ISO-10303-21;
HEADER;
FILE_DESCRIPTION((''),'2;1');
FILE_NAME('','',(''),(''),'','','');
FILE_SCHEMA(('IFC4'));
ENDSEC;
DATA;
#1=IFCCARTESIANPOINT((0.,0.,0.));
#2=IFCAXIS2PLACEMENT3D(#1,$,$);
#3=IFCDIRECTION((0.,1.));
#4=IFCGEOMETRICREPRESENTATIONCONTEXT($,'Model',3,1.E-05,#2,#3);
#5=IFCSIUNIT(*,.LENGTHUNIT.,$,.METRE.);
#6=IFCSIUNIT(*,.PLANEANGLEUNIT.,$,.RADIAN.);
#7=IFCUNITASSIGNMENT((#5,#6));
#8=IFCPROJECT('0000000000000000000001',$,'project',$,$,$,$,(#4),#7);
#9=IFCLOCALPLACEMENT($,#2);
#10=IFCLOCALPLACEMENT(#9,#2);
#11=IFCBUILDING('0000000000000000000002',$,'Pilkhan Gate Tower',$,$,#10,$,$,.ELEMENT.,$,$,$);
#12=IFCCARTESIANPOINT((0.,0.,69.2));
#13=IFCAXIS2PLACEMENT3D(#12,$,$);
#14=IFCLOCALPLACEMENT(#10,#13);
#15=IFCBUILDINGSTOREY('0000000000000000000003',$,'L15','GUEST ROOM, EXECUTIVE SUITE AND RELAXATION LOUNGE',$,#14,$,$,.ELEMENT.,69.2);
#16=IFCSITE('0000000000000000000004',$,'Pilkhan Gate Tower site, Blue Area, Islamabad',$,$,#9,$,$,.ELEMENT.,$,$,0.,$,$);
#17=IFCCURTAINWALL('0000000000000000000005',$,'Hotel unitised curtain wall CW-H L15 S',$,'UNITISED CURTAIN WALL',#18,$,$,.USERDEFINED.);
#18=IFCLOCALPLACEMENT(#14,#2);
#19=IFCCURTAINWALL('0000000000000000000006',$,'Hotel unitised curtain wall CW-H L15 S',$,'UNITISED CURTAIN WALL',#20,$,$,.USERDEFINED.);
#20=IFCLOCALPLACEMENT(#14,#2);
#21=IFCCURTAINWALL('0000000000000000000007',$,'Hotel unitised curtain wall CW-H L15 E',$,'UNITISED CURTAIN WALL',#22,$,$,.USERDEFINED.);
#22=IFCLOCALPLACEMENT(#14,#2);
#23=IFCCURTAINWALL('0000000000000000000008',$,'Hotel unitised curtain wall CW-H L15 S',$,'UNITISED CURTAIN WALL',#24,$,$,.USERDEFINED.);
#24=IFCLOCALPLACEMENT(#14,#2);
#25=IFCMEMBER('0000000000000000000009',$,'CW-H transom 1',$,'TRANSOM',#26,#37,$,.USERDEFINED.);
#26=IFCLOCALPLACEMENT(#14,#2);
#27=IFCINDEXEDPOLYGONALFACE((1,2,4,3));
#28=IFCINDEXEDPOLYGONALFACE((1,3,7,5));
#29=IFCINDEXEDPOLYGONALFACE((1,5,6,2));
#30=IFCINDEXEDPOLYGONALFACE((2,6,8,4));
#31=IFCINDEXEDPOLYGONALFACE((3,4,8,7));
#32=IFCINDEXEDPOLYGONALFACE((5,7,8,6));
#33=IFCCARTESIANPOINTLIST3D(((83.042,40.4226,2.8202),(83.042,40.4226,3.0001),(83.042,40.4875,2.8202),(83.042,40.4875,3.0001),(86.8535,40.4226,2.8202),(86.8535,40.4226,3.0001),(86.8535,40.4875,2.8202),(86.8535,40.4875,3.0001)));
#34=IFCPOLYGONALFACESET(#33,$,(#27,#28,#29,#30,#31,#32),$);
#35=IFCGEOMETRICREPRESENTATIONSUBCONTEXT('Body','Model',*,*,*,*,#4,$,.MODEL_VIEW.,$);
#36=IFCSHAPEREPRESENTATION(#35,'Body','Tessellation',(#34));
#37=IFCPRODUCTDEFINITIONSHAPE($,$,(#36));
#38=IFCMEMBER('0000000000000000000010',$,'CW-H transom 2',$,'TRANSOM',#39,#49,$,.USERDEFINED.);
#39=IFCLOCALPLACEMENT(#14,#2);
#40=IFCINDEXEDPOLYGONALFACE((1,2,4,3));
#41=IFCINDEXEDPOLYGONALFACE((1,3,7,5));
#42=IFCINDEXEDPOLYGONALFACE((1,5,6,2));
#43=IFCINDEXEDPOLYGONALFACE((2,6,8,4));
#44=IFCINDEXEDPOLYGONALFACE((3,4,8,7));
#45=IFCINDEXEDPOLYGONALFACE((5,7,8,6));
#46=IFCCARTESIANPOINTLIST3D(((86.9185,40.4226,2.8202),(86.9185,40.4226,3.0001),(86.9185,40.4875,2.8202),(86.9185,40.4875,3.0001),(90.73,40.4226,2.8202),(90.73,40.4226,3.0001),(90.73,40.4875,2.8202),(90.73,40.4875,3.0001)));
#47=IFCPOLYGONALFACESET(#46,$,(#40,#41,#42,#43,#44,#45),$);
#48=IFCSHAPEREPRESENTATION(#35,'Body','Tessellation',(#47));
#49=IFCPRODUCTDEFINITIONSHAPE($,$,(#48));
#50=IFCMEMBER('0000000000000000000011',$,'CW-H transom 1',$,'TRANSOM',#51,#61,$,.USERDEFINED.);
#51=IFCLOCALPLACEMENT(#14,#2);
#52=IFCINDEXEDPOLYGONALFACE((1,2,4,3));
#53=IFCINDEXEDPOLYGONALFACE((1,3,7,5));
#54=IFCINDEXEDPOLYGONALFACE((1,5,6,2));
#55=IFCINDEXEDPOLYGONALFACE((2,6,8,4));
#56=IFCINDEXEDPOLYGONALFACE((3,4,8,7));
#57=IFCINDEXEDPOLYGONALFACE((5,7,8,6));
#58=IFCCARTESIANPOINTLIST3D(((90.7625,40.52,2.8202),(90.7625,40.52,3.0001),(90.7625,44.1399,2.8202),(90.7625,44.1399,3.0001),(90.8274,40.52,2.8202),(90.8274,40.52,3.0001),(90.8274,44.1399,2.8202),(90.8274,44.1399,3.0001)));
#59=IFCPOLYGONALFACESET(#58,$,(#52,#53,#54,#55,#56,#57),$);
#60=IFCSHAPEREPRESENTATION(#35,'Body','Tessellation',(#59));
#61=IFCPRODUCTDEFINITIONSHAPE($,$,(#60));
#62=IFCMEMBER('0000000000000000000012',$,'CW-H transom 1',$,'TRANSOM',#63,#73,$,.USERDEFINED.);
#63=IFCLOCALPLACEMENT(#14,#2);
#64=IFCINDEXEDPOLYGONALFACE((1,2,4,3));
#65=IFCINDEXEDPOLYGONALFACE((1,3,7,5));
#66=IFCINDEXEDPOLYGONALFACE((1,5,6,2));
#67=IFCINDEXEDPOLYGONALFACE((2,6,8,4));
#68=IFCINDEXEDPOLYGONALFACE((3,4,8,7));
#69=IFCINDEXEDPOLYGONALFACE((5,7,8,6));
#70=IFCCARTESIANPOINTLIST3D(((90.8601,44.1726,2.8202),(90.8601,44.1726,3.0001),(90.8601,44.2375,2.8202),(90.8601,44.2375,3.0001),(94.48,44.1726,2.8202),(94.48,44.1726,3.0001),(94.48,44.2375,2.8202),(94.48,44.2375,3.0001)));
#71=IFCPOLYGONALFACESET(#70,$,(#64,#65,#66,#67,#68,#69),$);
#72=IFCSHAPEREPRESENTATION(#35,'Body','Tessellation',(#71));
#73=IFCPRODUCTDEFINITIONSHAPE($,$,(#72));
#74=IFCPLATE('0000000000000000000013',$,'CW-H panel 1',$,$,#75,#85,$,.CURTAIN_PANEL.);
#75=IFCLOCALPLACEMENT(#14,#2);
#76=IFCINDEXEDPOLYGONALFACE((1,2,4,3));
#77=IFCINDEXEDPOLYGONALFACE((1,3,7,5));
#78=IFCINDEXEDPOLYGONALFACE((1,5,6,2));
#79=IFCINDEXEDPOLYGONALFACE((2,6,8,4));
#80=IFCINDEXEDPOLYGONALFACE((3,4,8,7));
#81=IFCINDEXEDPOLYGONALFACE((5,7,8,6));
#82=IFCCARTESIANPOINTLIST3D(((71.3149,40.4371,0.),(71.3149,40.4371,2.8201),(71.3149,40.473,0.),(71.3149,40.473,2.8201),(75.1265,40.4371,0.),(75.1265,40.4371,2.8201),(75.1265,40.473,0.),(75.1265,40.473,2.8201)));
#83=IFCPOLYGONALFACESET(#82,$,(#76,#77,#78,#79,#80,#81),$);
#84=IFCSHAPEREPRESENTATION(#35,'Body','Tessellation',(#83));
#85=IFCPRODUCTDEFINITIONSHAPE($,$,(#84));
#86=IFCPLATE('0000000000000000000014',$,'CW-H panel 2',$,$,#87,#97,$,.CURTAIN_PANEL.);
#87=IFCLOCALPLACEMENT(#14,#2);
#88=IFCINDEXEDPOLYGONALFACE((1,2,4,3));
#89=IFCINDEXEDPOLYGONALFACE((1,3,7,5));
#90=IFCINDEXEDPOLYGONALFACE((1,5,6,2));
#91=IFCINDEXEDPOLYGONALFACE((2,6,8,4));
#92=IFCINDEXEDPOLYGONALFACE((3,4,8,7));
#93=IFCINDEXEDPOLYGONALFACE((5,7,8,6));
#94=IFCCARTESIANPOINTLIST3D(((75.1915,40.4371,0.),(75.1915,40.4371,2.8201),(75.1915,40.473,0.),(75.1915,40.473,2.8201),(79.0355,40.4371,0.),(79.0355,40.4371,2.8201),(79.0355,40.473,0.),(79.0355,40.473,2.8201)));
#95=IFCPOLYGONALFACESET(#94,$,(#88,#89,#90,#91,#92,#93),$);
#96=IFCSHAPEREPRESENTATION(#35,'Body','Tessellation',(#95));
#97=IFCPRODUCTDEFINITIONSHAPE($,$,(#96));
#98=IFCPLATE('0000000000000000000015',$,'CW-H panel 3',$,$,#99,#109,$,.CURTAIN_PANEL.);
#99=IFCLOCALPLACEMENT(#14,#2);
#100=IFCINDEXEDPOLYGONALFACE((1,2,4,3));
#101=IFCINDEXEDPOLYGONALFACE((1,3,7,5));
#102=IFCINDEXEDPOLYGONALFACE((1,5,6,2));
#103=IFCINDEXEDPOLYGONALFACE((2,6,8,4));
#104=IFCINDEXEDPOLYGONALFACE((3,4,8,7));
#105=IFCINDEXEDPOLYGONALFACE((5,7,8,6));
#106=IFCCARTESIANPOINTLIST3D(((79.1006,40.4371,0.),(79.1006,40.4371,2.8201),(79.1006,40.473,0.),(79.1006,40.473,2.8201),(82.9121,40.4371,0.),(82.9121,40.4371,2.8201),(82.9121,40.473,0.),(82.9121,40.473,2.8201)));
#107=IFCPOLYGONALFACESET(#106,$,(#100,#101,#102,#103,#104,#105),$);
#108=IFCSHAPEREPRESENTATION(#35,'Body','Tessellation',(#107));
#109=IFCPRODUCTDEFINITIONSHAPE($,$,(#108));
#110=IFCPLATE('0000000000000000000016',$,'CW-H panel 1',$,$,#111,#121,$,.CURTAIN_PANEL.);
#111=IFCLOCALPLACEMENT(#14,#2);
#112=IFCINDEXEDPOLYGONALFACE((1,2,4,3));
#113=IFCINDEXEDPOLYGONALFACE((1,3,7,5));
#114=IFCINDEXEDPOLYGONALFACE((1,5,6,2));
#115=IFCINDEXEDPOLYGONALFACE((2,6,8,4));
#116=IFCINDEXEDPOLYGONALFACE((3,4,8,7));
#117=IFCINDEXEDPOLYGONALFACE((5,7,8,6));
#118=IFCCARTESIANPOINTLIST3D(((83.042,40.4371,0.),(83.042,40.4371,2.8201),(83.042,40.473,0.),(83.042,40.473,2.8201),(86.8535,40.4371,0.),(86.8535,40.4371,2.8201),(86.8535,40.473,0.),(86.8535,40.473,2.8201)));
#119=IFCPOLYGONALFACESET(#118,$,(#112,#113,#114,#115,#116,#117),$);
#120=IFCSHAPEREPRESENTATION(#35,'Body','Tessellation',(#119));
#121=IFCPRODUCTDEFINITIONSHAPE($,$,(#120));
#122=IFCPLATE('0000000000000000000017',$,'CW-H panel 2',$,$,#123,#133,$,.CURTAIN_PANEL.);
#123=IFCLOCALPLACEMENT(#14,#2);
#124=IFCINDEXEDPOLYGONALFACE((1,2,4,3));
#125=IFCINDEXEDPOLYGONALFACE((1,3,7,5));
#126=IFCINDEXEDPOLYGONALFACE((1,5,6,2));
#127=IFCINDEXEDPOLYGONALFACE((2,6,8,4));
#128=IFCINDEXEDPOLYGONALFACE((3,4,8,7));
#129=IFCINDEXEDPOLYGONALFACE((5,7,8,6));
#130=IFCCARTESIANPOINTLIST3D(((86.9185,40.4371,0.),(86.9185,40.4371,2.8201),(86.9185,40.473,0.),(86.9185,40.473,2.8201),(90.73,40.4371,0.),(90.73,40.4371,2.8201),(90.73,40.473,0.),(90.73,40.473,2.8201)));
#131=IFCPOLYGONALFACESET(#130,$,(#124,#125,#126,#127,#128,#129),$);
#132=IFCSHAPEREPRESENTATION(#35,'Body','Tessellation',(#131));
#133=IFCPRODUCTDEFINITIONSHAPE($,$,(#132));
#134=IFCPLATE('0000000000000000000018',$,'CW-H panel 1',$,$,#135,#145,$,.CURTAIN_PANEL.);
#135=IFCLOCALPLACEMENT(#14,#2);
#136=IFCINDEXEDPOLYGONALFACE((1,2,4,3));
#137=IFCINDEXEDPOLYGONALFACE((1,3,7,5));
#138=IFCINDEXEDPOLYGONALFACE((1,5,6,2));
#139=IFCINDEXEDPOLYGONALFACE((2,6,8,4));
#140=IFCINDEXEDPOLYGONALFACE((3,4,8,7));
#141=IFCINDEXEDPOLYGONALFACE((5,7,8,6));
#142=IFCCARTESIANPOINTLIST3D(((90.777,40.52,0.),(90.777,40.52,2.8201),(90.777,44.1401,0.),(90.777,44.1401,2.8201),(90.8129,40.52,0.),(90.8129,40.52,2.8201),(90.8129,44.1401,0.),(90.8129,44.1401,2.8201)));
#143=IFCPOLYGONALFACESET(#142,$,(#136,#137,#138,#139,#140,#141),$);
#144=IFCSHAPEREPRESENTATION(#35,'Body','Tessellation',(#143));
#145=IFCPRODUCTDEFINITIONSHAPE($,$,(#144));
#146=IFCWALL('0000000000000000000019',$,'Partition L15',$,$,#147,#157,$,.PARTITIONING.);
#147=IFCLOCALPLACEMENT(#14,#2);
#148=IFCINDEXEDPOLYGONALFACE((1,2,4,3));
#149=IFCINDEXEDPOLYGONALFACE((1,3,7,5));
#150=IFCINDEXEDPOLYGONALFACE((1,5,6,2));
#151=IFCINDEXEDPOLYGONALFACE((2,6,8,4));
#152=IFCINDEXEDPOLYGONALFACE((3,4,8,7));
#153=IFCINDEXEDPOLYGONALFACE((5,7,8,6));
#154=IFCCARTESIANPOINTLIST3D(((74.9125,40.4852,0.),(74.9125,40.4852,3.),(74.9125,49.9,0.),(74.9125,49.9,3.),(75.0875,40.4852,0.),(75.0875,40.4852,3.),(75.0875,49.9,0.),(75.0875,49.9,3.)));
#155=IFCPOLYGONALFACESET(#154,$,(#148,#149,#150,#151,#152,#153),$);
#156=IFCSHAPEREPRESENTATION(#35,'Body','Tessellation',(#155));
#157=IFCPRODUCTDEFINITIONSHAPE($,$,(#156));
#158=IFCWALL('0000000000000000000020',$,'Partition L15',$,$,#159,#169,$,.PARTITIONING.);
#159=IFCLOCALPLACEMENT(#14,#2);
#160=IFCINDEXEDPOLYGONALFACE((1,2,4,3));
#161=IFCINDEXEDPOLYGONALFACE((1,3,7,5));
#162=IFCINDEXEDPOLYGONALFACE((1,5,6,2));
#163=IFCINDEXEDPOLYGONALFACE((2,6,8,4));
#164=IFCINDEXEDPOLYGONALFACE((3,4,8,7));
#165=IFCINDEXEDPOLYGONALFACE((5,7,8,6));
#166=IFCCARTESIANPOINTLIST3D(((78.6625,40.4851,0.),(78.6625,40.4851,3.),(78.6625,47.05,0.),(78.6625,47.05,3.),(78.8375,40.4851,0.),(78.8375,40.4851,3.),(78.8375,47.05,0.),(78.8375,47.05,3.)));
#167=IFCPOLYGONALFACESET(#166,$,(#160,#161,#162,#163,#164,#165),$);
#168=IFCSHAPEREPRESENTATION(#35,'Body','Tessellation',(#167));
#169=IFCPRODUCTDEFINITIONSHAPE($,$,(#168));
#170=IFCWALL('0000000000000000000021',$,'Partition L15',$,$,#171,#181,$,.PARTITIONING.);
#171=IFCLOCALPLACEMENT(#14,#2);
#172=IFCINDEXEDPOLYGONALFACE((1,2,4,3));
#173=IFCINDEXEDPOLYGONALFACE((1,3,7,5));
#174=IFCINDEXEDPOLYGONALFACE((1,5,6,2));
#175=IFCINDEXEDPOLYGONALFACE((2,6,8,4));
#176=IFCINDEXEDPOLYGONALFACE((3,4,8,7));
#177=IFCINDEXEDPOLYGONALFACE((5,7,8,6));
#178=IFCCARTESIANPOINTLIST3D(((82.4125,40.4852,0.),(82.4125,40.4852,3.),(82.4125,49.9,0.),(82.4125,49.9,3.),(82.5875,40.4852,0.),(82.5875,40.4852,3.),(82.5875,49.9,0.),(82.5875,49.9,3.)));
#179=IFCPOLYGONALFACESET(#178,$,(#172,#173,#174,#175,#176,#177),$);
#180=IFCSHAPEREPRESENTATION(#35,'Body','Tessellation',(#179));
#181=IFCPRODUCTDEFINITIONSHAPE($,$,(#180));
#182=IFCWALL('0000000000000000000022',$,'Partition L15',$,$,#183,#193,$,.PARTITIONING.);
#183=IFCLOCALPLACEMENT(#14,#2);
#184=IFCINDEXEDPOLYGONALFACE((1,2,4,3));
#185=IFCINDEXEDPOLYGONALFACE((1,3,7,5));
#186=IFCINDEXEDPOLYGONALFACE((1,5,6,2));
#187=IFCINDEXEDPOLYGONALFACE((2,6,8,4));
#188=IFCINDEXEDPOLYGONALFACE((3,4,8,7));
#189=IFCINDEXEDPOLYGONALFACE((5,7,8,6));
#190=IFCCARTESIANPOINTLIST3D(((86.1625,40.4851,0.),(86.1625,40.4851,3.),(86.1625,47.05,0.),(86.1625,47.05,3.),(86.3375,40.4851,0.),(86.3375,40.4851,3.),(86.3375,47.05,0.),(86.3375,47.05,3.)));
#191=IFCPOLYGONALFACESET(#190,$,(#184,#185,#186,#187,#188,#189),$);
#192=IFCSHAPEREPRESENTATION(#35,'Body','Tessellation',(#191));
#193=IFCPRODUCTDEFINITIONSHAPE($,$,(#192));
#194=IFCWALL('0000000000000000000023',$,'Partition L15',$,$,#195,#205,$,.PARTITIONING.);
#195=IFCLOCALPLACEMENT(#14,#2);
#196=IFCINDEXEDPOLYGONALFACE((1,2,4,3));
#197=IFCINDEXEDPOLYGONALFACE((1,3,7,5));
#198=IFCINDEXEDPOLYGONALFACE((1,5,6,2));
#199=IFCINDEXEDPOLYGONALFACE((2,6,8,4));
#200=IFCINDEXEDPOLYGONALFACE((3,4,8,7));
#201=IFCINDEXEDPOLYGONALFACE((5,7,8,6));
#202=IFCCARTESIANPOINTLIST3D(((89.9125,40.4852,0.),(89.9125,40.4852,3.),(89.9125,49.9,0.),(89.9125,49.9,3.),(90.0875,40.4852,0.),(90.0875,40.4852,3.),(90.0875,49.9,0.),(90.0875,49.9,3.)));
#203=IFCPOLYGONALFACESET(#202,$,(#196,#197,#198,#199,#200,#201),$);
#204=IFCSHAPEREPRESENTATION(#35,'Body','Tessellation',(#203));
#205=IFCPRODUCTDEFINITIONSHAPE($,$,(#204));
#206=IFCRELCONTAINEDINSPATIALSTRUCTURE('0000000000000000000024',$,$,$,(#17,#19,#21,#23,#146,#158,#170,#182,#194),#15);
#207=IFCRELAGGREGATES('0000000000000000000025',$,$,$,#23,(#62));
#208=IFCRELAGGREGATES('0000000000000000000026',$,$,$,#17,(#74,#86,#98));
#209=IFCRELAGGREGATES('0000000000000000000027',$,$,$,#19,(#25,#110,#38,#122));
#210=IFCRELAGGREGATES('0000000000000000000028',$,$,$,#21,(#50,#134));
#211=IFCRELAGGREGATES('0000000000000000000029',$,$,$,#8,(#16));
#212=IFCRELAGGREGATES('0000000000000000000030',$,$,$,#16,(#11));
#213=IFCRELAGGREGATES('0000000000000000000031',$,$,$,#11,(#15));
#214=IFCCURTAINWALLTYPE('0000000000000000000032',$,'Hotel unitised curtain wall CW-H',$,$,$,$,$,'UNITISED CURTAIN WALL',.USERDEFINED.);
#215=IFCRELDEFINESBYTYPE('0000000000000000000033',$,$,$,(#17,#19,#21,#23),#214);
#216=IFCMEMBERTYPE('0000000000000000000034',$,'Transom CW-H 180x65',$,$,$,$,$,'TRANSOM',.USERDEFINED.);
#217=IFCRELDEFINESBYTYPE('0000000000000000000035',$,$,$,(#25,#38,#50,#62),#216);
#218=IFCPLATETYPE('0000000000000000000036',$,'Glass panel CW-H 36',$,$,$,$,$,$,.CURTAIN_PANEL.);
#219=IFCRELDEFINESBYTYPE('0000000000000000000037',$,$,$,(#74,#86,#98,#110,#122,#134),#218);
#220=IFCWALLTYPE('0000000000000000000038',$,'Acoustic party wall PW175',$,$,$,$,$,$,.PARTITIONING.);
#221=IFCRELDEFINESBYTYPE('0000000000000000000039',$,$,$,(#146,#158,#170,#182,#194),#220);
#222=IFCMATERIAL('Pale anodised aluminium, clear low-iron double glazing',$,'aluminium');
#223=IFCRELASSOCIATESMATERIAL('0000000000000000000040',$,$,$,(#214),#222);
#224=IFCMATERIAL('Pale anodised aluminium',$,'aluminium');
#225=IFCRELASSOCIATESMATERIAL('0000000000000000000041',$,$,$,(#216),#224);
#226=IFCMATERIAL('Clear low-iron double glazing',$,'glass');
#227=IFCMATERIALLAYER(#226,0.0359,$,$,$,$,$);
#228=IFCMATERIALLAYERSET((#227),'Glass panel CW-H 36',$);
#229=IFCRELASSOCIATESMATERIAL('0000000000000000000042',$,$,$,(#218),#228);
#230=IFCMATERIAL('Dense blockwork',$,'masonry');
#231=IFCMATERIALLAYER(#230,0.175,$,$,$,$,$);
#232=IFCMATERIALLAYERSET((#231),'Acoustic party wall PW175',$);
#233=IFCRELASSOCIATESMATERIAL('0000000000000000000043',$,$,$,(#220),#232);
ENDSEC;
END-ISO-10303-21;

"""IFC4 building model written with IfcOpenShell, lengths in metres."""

from ifc_helpers import new_model, si_unit, direction, frame, frame_2d, origin, origin_2d, place, context, subcontext, project, spatial, rectangle, extrude, material, layer, layer_set, material_profile, profile_set, type_object, element, aggregate, save


model = new_model("IFC4")

# Units and contexts
model_context = context("Model", 3, precision=1e-05, world=origin(), true_north=direction((0.0, 1.0)))
body_context = subcontext(model_context, "Body", "Model", "MODEL_VIEW")
ifc_project = project(units=[si_unit("LENGTHUNIT", "METRE"), si_unit("PLANEANGLEUNIT", "RADIAN")], contexts=[model_context])

# Site, building, storey
site_placement = place(None, origin())
site = spatial("IfcSite", under=ifc_project, at=site_placement, Name="Pilkhan Gate Tower site, Blue Area, Islamabad", CompositionType="ELEMENT", RefElevation=0.0)
building_placement = place(site_placement, origin())
building = spatial("IfcBuilding", under=site, at=building_placement, Name="Pilkhan Gate Tower", CompositionType="ELEMENT")
storey_placement = place(building_placement, frame((0.0, 0.0, 69.2)))
storey = spatial("IfcBuildingStorey", under=building, at=storey_placement, Name="L15", Description="GUEST ROOM, EXECUTIVE SUITE AND RELAXATION LOUNGE", CompositionType="ELEMENT", Elevation=69.2)

# Curtain walls
ifc_material_1 = material(Name="Pale anodised aluminium, clear low-iron double glazing", Category="aluminium")
curtain_wall_type = type_object("IfcCurtainWallType", Name="Hotel unitised curtain wall CW-H", ElementType="UNITISED CURTAIN WALL", PredefinedType="USERDEFINED", material=ifc_material_1)
curtain_wall_1_placement = place(storey_placement, origin())
curtain_wall_1 = element("IfcCurtainWall", 1, at=curtain_wall_1_placement, inside=storey, type_object=curtain_wall_type, Name="Hotel unitised curtain wall CW-H L15 S", ObjectType="UNITISED CURTAIN WALL", PredefinedType="USERDEFINED")
ifc_material_2 = material(Name="Pale anodised aluminium", Category="aluminium")
curtain_wall_2_placement = place(storey_placement, origin())
curtain_wall_2 = element("IfcCurtainWall", 2, at=curtain_wall_2_placement, inside=storey, type_object=curtain_wall_type, Name="Hotel unitised curtain wall CW-H L15 S", ObjectType="UNITISED CURTAIN WALL", PredefinedType="USERDEFINED")
curtain_wall_3_placement = place(storey_placement, origin())
curtain_wall_3 = element("IfcCurtainWall", 3, at=curtain_wall_3_placement, inside=storey, type_object=curtain_wall_type, Name="Hotel unitised curtain wall CW-H L15 E", ObjectType="UNITISED CURTAIN WALL", PredefinedType="USERDEFINED")

# Curtain wall
curtain_wall_4_placement = place(storey_placement, origin())
curtain_wall_4 = element("IfcCurtainWall", 4, at=curtain_wall_4_placement, inside=storey, type_object=curtain_wall_type, Name="Hotel unitised curtain wall CW-H L15 S", ObjectType="UNITISED CURTAIN WALL", PredefinedType="USERDEFINED")

# Members
ifc_material_profile_1 = material_profile(ifc_material_2, rectangle(XDim=0.0649, YDim=0.1799, at=origin_2d()), Name="Transom 180x65")
ifc_profile_set_1 = profile_set([ifc_material_profile_1], Name="Pale anodised aluminium")
member_type_1 = type_object("IfcMemberType", Name="Transom CW-H 180x65", ElementType="TRANSOM", PredefinedType="USERDEFINED", material=ifc_profile_set_1)
member_1_placement = place(storey_placement, frame((83.042, 40.4551, 2.9102), z_axis=(1.0, 0.0, 0.0), x_axis=(0.0, 1.0, 0.0)))
member_1 = element("IfcMember", 5, at=member_1_placement, type_object=member_type_1, Name="CW-H transom 1", ObjectType="TRANSOM", PredefinedType="USERDEFINED", context=body_context, shape_type="SweptSolid", body=[
    extrude(rectangle(XDim=0.0649, YDim=0.1799, at=origin_2d()), origin(), (0.0, 0.0, 1.0), 3.8115),
])
member_2_placement = place(storey_placement, frame((86.9185, 40.4551, 2.9102), z_axis=(1.0, 0.0, 0.0), x_axis=(0.0, 1.0, 0.0)))
member_2 = element("IfcMember", 6, at=member_2_placement, type_object=member_type_1, Name="CW-H transom 2", ObjectType="TRANSOM", PredefinedType="USERDEFINED", context=body_context, shape_type="SweptSolid", body=[
    extrude(rectangle(XDim=0.0649, YDim=0.1799, at=origin_2d()), origin(), (0.0, 0.0, 1.0), 3.8115),
])
member_3_placement = place(storey_placement, frame((90.7949, 40.52, 2.9102), z_axis=(0.0, 1.0, 0.0), x_axis=(-1.0, 0.0, 0.0)))
member_3 = element("IfcMember", 7, at=member_3_placement, type_object=member_type_1, Name="CW-H transom 1", ObjectType="TRANSOM", PredefinedType="USERDEFINED", context=body_context, shape_type="SweptSolid", body=[
    extrude(rectangle(XDim=0.0649, YDim=0.1799, at=origin_2d()), origin(), (0.0, 0.0, 1.0), 3.6199),
])
member_4_placement = place(storey_placement, frame((90.8601, 44.2051, 2.9102), z_axis=(1.0, 0.0, 0.0), x_axis=(0.0, 1.0, 0.0)))
member_4 = element("IfcMember", 8, at=member_4_placement, type_object=member_type_1, Name="CW-H transom 1", ObjectType="TRANSOM", PredefinedType="USERDEFINED", context=body_context, shape_type="SweptSolid", body=[
    extrude(rectangle(XDim=0.0649, YDim=0.1799, at=origin_2d()), origin(), (0.0, 0.0, 1.0), 3.6199),
])
aggregate(curtain_wall_4, [member_4])

# Plates
ifc_material_3 = material(Name="Clear low-iron double glazing", Category="glass")
ifc_layer_1 = layer(ifc_material_3, 0.0359)
ifc_layer_set_1 = layer_set([ifc_layer_1], Name="Glass panel CW-H 36")
plate_type = type_object("IfcPlateType", Name="Glass panel CW-H 36", PredefinedType="CURTAIN_PANEL", material=ifc_layer_set_1)
plate_1_placement = place(storey_placement, frame((73.2207, 40.4551, 0.0), z_axis=(0.0, 0.0, 1.0), x_axis=(1.0, 0.0, 0.0)))
plate_1 = element("IfcPlate", 9, at=plate_1_placement, type_object=plate_type, Name="CW-H panel 1", PredefinedType="CURTAIN_PANEL", context=body_context, shape_type="SweptSolid", body=[
    extrude(rectangle(XDim=3.8115, YDim=0.0359, at=origin_2d()), origin(), (0.0, 0.0, 1.0), 2.8201),
])
plate_2_placement = place(storey_placement, frame((77.1135, 40.4551, 0.0), z_axis=(0.0, 0.0, 1.0), x_axis=(1.0, 0.0, 0.0)))
plate_2 = element("IfcPlate", 10, at=plate_2_placement, type_object=plate_type, Name="CW-H panel 2", PredefinedType="CURTAIN_PANEL", context=body_context, shape_type="SweptSolid", body=[
    extrude(rectangle(XDim=3.844, YDim=0.0359, at=origin_2d()), origin(), (0.0, 0.0, 1.0), 2.8201),
])
plate_3_placement = place(storey_placement, frame((81.0063, 40.4551, 0.0), z_axis=(0.0, 0.0, 1.0), x_axis=(1.0, 0.0, 0.0)))
plate_3 = element("IfcPlate", 11, at=plate_3_placement, type_object=plate_type, Name="CW-H panel 3", PredefinedType="CURTAIN_PANEL", context=body_context, shape_type="SweptSolid", body=[
    extrude(rectangle(XDim=3.8115, YDim=0.0359, at=origin_2d()), origin(), (0.0, 0.0, 1.0), 2.8201),
])
aggregate(curtain_wall_1, [plate_1, plate_2, plate_3])
plate_4_placement = place(storey_placement, frame((84.9478, 40.4551, 0.0), z_axis=(0.0, 0.0, 1.0), x_axis=(1.0, 0.0, 0.0)))
plate_4 = element("IfcPlate", 12, at=plate_4_placement, type_object=plate_type, Name="CW-H panel 1", PredefinedType="CURTAIN_PANEL", context=body_context, shape_type="SweptSolid", body=[
    extrude(rectangle(XDim=3.8115, YDim=0.0359, at=origin_2d()), origin(), (0.0, 0.0, 1.0), 2.8201),
])
plate_5_placement = place(storey_placement, frame((88.8242, 40.4551, 0.0), z_axis=(0.0, 0.0, 1.0), x_axis=(1.0, 0.0, 0.0)))
plate_5 = element("IfcPlate", 13, at=plate_5_placement, type_object=plate_type, Name="CW-H panel 2", PredefinedType="CURTAIN_PANEL", context=body_context, shape_type="SweptSolid", body=[
    extrude(rectangle(XDim=3.8115, YDim=0.0359, at=origin_2d()), origin(), (0.0, 0.0, 1.0), 2.8201),
])
aggregate(curtain_wall_2, [member_1, plate_4, member_2, plate_5])
plate_6_placement = place(storey_placement, frame((90.7949, 42.3301, 0.0), z_axis=(0.0, 0.0, 1.0), x_axis=(0.0, 1.0, 0.0)))
plate_6 = element("IfcPlate", 14, at=plate_6_placement, type_object=plate_type, Name="CW-H panel 1", PredefinedType="CURTAIN_PANEL", context=body_context, shape_type="SweptSolid", body=[
    extrude(rectangle(XDim=3.6201, YDim=0.0359, at=origin_2d()), origin(), (0.0, 0.0, 1.0), 2.8201),
])
aggregate(curtain_wall_3, [member_3, plate_6])

# Walls
ifc_material_4 = material(Name="Dense blockwork", Category="masonry")
ifc_layer_2 = layer(ifc_material_4, 0.175)
ifc_layer_set_2 = layer_set([ifc_layer_2], Name="Acoustic party wall PW175")
wall_type_1 = type_object("IfcWallType", Name="Acoustic party wall PW175", PredefinedType="PARTITIONING", material=ifc_layer_set_2)
wall_1_placement = place(storey_placement, frame((75.0, 40.4851, 0.0), z_axis=(0.0, 0.0, 1.0), x_axis=(0.0, 1.0, 0.0)))
element("IfcWall", 15, at=wall_1_placement, inside=storey, type_object=wall_type_1, Name="Partition L15", PredefinedType="PARTITIONING", context=body_context, shape_type="SweptSolid", body=[
    extrude(rectangle(XDim=9.4148, YDim=0.175, at=frame_2d((4.7075, 0.0))), origin(), (0.0, 0.0, 1.0), 3.0),
])
wall_2_placement = place(storey_placement, frame((78.75, 40.4851, 0.0), z_axis=(0.0, 0.0, 1.0), x_axis=(0.0, 1.0, 0.0)))
element("IfcWall", 16, at=wall_2_placement, inside=storey, type_object=wall_type_1, Name="Partition L15", PredefinedType="PARTITIONING", context=body_context, shape_type="SweptSolid", body=[
    extrude(rectangle(XDim=6.5649, YDim=0.175, at=frame_2d((3.2825, 0.0))), origin(), (0.0, 0.0, 1.0), 3.0),
])
wall_3_placement = place(storey_placement, frame((82.5, 40.4851, 0.0), z_axis=(0.0, 0.0, 1.0), x_axis=(0.0, 1.0, 0.0)))
element("IfcWall", 17, at=wall_3_placement, inside=storey, type_object=wall_type_1, Name="Partition L15", PredefinedType="PARTITIONING", context=body_context, shape_type="SweptSolid", body=[
    extrude(rectangle(XDim=9.4148, YDim=0.175, at=frame_2d((4.7075, 0.0))), origin(), (0.0, 0.0, 1.0), 3.0),
])
wall_4_placement = place(storey_placement, frame((86.25, 40.4851, 0.0), z_axis=(0.0, 0.0, 1.0), x_axis=(0.0, 1.0, 0.0)))
element("IfcWall", 18, at=wall_4_placement, inside=storey, type_object=wall_type_1, Name="Partition L15", PredefinedType="PARTITIONING", context=body_context, shape_type="SweptSolid", body=[
    extrude(rectangle(XDim=6.5649, YDim=0.175, at=frame_2d((3.2825, 0.0))), origin(), (0.0, 0.0, 1.0), 3.0),
])
wall_5_placement = place(storey_placement, frame((90.0, 40.4851, 0.0), z_axis=(0.0, 0.0, 1.0), x_axis=(0.0, 1.0, 0.0)))
element("IfcWall", 19, at=wall_5_placement, inside=storey, type_object=wall_type_1, Name="Partition L15", PredefinedType="PARTITIONING", context=body_context, shape_type="SweptSolid", body=[
    extrude(rectangle(XDim=9.4148, YDim=0.175, at=frame_2d((4.7075, 0.0))), origin(), (0.0, 0.0, 1.0), 3.0),
])

save(model, "model.ifc")
